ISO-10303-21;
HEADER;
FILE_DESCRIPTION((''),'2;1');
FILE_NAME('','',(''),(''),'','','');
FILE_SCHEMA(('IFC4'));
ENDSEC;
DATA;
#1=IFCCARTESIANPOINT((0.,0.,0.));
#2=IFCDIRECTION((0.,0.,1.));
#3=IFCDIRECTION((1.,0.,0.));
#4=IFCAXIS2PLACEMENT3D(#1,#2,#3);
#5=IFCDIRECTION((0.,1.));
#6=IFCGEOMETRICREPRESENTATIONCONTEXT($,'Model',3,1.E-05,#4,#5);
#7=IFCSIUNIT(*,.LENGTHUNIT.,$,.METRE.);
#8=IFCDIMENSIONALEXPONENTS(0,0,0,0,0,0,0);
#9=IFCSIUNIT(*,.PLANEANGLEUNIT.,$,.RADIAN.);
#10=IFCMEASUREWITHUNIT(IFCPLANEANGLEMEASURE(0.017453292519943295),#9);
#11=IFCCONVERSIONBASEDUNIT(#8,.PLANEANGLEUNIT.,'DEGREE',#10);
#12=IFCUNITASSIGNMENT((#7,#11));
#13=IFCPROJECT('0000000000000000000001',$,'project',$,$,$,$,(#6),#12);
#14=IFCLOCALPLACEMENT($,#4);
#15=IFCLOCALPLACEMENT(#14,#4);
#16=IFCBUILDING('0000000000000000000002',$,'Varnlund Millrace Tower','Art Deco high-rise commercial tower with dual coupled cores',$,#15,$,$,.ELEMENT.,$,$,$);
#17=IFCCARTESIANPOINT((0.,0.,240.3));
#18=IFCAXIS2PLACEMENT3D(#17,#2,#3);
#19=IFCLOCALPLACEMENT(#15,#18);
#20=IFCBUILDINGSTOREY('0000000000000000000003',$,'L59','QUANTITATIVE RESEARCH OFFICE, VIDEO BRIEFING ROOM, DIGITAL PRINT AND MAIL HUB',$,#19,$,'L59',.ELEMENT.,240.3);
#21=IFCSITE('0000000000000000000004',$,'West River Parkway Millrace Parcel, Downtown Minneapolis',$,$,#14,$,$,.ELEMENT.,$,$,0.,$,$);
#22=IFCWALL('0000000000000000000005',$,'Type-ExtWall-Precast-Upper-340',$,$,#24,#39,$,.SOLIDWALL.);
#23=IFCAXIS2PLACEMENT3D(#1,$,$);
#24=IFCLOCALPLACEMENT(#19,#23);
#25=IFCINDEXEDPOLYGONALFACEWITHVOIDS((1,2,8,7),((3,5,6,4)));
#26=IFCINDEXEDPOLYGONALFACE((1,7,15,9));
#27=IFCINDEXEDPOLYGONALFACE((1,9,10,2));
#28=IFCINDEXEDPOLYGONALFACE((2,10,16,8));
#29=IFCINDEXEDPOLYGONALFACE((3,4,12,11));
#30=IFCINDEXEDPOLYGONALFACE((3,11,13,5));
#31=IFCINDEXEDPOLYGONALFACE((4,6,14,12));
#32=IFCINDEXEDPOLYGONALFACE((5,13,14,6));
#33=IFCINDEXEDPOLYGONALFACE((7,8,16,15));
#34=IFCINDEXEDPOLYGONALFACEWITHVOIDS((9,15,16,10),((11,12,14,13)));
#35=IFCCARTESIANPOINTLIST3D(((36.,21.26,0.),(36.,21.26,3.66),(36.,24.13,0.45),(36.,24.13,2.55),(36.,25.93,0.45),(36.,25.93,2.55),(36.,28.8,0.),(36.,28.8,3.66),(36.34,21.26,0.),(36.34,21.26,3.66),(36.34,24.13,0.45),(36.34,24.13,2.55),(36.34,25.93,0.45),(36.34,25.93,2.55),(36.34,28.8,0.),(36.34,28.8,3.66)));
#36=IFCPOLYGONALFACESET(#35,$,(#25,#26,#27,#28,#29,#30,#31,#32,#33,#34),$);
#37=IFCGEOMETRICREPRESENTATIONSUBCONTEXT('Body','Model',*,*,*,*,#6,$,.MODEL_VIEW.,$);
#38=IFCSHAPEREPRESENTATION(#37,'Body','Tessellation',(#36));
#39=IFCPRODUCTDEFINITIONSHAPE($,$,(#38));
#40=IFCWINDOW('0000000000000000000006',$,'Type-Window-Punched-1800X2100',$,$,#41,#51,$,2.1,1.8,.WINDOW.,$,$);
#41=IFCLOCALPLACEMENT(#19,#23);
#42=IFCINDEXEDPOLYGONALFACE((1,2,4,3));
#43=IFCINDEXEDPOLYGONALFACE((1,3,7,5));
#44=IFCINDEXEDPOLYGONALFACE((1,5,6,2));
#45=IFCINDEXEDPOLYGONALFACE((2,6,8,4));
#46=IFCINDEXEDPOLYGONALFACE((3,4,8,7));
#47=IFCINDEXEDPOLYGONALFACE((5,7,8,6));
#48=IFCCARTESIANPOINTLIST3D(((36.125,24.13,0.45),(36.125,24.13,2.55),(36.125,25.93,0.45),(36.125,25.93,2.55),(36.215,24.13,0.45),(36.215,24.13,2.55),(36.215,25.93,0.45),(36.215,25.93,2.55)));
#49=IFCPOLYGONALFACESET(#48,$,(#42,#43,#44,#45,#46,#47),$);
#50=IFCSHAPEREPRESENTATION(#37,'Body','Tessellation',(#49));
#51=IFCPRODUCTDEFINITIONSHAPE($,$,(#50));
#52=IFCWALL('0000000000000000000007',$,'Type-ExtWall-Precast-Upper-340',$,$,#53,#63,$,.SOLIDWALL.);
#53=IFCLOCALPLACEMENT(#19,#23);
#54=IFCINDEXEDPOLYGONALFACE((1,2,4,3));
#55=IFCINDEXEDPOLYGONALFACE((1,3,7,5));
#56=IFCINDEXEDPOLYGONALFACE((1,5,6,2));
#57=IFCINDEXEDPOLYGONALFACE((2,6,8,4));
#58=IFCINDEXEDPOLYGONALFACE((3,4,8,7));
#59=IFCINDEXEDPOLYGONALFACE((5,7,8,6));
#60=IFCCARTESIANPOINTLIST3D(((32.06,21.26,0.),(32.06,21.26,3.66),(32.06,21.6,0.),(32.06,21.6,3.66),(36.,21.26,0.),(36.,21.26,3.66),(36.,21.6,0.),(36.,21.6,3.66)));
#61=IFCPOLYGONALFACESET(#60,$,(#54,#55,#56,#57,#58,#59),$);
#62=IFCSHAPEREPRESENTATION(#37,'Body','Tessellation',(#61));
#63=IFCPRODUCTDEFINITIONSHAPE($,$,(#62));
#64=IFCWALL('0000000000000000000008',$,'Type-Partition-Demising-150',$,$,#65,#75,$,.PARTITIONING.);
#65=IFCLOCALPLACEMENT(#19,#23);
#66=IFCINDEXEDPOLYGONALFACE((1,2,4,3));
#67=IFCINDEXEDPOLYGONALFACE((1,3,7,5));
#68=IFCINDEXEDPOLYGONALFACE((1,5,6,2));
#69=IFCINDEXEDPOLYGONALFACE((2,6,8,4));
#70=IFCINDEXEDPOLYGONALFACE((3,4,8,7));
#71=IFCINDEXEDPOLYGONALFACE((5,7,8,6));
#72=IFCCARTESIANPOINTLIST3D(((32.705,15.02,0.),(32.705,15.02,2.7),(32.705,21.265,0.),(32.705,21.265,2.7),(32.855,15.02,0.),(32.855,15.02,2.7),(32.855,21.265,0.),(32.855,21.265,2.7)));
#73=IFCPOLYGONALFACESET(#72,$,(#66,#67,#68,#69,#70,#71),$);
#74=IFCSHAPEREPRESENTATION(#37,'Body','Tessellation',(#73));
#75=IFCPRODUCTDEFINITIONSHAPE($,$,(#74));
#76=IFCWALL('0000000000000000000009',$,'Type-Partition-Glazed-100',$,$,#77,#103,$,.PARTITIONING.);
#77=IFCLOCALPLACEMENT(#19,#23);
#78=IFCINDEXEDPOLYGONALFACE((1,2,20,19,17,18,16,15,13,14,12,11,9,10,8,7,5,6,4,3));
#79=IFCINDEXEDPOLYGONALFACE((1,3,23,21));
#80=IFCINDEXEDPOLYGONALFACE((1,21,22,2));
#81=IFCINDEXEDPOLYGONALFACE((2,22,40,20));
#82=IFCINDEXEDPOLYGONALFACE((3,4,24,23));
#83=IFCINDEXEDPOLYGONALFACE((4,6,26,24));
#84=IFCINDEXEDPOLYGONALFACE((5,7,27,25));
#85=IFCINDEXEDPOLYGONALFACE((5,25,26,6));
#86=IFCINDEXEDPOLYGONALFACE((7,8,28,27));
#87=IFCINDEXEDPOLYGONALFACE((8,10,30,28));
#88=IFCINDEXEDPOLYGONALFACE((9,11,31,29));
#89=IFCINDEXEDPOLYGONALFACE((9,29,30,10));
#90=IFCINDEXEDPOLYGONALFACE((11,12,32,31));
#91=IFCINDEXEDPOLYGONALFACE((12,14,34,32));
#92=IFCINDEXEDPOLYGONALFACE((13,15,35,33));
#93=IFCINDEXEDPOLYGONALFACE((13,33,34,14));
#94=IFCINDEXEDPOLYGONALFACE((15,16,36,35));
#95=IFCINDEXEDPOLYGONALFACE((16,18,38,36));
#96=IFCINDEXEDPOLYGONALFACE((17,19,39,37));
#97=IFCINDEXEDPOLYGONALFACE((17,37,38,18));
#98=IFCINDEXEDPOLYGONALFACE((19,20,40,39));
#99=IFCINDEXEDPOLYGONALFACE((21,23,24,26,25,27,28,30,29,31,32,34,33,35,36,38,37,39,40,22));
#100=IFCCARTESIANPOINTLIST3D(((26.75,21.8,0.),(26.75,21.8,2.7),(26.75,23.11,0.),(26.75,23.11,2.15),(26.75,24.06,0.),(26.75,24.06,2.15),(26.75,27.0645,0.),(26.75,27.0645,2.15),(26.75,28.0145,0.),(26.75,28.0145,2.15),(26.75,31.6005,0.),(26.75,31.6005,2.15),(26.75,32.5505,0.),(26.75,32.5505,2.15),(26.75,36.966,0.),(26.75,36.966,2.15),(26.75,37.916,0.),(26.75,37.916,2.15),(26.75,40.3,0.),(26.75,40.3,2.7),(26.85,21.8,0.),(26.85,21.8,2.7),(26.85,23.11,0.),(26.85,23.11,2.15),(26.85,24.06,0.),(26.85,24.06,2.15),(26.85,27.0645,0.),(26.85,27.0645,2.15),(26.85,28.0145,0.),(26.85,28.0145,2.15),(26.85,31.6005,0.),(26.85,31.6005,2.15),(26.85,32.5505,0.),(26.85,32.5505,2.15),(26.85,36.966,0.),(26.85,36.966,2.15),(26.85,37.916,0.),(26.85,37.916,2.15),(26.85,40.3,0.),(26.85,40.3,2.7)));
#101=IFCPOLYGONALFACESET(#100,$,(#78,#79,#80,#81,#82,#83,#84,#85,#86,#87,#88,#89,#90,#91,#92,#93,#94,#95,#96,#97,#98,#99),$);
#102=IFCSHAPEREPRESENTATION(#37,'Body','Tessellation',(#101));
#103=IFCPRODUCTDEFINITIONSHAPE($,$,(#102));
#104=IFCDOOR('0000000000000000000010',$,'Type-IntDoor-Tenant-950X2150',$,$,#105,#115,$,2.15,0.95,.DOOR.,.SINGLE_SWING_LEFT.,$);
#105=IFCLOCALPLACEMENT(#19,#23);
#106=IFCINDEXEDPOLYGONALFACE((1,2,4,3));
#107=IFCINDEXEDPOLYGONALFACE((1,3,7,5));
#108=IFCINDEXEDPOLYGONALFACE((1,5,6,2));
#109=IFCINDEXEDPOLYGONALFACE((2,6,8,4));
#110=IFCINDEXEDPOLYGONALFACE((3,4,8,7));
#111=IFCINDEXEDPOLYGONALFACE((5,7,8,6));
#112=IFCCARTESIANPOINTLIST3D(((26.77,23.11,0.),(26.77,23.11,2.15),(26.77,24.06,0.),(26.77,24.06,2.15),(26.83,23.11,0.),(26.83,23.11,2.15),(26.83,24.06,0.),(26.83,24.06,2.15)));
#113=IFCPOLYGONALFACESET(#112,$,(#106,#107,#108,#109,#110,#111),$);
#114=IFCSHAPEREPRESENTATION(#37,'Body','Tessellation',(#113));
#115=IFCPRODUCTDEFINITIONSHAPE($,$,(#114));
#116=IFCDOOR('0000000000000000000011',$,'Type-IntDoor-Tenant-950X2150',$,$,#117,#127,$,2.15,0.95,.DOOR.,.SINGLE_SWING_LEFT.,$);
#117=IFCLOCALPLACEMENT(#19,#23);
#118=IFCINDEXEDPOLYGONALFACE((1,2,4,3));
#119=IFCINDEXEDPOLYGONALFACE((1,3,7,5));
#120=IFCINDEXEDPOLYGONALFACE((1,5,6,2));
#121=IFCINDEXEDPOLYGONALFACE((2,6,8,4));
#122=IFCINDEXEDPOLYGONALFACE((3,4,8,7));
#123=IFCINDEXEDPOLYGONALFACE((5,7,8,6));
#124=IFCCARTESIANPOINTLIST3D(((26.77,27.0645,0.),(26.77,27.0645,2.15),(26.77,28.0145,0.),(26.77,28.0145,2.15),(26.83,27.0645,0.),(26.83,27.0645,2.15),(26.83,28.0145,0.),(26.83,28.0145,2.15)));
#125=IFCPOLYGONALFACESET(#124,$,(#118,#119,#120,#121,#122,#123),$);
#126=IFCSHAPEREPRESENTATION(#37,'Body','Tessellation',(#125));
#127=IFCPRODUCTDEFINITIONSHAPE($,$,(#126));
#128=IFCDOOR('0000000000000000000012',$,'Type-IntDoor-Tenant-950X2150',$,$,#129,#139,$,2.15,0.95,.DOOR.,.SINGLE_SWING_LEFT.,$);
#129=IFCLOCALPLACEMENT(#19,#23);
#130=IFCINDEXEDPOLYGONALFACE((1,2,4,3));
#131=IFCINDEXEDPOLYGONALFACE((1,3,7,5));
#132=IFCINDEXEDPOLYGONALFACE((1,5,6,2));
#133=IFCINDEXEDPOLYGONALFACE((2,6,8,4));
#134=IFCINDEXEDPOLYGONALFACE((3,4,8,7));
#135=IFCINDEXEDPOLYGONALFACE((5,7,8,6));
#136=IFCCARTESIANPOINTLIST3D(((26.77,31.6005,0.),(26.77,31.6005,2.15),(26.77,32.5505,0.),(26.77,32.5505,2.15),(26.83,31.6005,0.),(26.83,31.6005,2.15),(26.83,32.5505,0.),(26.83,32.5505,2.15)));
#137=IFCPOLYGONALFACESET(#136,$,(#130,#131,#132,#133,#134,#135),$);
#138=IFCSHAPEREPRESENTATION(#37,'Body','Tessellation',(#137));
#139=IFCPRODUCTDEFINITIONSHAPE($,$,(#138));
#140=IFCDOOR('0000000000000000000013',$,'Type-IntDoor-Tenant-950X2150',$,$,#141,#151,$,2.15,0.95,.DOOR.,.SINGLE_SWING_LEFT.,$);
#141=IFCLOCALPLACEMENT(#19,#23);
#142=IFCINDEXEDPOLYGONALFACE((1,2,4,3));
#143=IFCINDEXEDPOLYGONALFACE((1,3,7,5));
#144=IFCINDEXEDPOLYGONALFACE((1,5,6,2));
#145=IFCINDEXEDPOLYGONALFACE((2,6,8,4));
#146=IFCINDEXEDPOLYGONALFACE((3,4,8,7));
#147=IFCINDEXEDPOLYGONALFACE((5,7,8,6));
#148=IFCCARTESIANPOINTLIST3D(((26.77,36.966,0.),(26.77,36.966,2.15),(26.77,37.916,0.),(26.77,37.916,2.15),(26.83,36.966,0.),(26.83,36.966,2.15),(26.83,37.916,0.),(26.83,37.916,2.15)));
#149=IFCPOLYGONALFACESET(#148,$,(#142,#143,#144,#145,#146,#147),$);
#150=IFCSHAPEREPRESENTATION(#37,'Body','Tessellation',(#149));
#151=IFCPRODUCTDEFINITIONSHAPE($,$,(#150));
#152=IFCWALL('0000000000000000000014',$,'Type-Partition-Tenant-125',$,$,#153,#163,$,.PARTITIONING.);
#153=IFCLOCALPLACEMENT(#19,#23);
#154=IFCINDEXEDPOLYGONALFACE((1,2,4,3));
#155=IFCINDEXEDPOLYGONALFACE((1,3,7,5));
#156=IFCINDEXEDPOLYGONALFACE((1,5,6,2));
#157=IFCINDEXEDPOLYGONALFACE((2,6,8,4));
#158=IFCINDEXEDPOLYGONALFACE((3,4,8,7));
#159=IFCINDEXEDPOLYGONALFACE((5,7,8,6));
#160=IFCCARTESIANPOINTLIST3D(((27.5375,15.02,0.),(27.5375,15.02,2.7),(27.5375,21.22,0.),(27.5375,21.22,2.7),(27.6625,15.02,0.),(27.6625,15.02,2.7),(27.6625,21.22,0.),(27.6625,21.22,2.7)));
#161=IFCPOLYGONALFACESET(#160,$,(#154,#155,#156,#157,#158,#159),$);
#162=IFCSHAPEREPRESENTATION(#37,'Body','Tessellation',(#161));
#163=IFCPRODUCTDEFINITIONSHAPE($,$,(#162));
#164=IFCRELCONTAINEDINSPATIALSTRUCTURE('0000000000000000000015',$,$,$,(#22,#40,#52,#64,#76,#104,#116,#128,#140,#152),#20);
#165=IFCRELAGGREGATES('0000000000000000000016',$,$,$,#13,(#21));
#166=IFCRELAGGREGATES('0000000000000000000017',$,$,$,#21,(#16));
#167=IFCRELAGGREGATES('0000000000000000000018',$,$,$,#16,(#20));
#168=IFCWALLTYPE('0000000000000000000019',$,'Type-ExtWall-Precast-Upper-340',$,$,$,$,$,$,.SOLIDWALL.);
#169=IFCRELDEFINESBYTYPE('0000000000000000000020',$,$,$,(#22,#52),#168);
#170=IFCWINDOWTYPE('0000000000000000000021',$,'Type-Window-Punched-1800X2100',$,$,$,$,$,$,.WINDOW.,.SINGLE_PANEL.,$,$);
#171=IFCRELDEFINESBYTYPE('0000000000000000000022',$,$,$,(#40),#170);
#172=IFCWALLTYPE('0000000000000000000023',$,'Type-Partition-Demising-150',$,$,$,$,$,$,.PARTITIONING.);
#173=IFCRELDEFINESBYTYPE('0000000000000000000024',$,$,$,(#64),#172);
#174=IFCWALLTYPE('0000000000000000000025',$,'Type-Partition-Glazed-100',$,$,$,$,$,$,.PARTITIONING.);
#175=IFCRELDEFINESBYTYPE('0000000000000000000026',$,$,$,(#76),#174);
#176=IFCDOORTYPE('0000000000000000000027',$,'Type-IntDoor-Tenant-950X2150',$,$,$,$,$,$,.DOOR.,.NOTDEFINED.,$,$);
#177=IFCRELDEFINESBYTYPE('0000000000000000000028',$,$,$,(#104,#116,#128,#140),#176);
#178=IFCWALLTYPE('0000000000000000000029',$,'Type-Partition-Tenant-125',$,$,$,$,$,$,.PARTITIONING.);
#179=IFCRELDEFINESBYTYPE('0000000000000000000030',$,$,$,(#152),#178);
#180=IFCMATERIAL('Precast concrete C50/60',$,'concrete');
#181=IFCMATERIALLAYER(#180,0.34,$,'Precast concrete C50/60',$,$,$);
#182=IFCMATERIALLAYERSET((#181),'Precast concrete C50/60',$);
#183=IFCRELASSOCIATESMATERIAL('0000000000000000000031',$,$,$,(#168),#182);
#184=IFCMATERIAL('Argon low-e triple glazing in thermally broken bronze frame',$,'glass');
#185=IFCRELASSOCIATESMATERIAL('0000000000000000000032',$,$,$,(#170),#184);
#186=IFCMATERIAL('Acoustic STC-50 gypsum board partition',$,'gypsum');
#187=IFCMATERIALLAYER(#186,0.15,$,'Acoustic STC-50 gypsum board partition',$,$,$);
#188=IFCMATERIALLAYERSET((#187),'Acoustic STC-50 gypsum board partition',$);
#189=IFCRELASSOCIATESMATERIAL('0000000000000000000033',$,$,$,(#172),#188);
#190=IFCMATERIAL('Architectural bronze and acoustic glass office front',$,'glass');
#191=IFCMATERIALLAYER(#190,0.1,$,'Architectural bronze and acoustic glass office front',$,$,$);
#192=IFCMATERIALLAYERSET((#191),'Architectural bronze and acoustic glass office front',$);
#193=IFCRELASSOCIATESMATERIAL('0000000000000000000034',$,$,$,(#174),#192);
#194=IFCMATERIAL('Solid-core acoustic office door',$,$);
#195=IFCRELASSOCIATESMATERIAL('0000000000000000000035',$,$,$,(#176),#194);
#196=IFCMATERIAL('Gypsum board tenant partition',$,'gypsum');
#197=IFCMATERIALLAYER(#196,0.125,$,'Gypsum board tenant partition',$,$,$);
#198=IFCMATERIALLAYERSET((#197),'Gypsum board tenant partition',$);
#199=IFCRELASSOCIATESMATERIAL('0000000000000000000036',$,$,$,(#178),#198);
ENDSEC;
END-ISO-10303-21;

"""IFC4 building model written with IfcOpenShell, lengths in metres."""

from ifc_helpers import new_model, entity, si_unit, converted_unit, direction, frame, origin_with_axes, origin_2d_with_axis, place, context, subcontext, project, spatial, polyline, rectangle, outline, extrude, material, layer, layer_set, type_object, element, fill, save


model = new_model("IFC4")

# Units and contexts
model_context = context("Model", 3, precision=1e-05, world=origin_with_axes(), true_north=direction((0.0, 1.0)))
body_context = subcontext(model_context, "Body", "Model", "MODEL_VIEW")
ifc_project = project(units=[si_unit("LENGTHUNIT", "METRE"), converted_unit("PLANEANGLEUNIT", "DEGREE", entity("IfcPlaneAngleMeasure", 0.017453292519943295), si_unit("PLANEANGLEUNIT", "RADIAN"), dimensions=[0, 0, 0, 0, 0, 0, 0])], contexts=[model_context])

# Site, building, storey
site_placement = place(None, origin_with_axes())
site = spatial("IfcSite", under=ifc_project, at=site_placement, Name="West River Parkway Millrace Parcel, Downtown Minneapolis", CompositionType="ELEMENT", RefElevation=0.0)
building_placement = place(site_placement, origin_with_axes())
building = spatial("IfcBuilding", under=site, at=building_placement, Name="Varnlund Millrace Tower", Description="Art Deco high-rise commercial tower with dual coupled cores", CompositionType="ELEMENT")
storey_placement = place(building_placement, frame((0.0, 0.0, 240.3), z_axis=(0.0, 0.0, 1.0), x_axis=(1.0, 0.0, 0.0)))
storey = spatial("IfcBuildingStorey", under=building, at=storey_placement, Name="L59", Description="QUANTITATIVE RESEARCH OFFICE, VIDEO BRIEFING ROOM, DIGITAL PRINT AND MAIL HUB", LongName="L59", CompositionType="ELEMENT", Elevation=240.3)

# Wall, opening, window
ifc_material_1 = material(Name="Precast concrete C50/60", Category="concrete")
ifc_layer_1 = layer(ifc_material_1, 0.34, Name="Precast concrete C50/60")
ifc_layer_set_1 = layer_set([ifc_layer_1], Name="Precast concrete C50/60")
wall_type_1 = type_object("IfcWallType", Name="Type-ExtWall-Precast-Upper-340", PredefinedType="SOLIDWALL", material=ifc_layer_set_1)
wall_1_placement = place(storey_placement, frame((36.17, 21.26, 0.0), z_axis=(0.0, 0.0, 1.0), x_axis=(0.0, 1.0, 0.0)))
wall_1 = element("IfcWall", 1, at=wall_1_placement, inside=storey, type_object=wall_type_1, Name="Type-ExtWall-Precast-Upper-340", PredefinedType="SOLIDWALL", context=body_context, shape_type="SweptSolid", body=[
    extrude(outline(polyline([(0.0, -0.17), (7.54, -0.17), (7.54, 0.17), (0.0, 0.17), (0.0, -0.17)])), origin_with_axes(), (0.0, 0.0, 1.0), 3.66),
])
opening_1_placement = place(wall_1_placement, frame((3.77, 0.0, 0.45), z_axis=(0.0, 0.0, 1.0), x_axis=(1.0, 0.0, 0.0)))
opening_1 = element("IfcOpeningElement", 2, at=opening_1_placement, cuts=wall_1, PredefinedType="OPENING", context=body_context, shape_type="SweptSolid", body=[
    extrude(rectangle(XDim=1.8, YDim=0.36, at=origin_2d_with_axis()), origin_with_axes(), (0.0, 0.0, 1.0), 2.1),
])
ifc_material_2 = material(Name="Argon low-e triple glazing in thermally broken bronze frame", Category="glass")
window_type = type_object("IfcWindowType", Name="Type-Window-Punched-1800X2100", PartitioningType="SINGLE_PANEL", PredefinedType="WINDOW", material=ifc_material_2)
window_placement = place(wall_1_placement, frame((3.77, 0.0, 0.45), z_axis=(0.0, 0.0, 1.0), x_axis=(1.0, 0.0, 0.0)))
window = element("IfcWindow", 3, at=window_placement, inside=storey, type_object=window_type, Name="Type-Window-Punched-1800X2100", OverallHeight=2.1, OverallWidth=1.8, PredefinedType="WINDOW", context=body_context, shape_type="SweptSolid", body=[
    extrude(rectangle(XDim=1.8, YDim=0.09, at=origin_2d_with_axis()), origin_with_axes(), (0.0, 0.0, 1.0), 2.1),
])
fill(opening_1, window)

# Walls
wall_2_placement = place(storey_placement, frame((32.06, 21.43, 0.0), z_axis=(0.0, 0.0, 1.0), x_axis=(1.0, 0.0, 0.0)))
element("IfcWall", 4, at=wall_2_placement, inside=storey, type_object=wall_type_1, Name="Type-ExtWall-Precast-Upper-340", PredefinedType="SOLIDWALL", context=body_context, shape_type="SweptSolid", body=[
    extrude(outline(polyline([(0.0, -0.17), (3.94, -0.17), (3.94, 0.17), (0.0, 0.17), (0.0, -0.17)])), origin_with_axes(), (0.0, 0.0, 1.0), 3.66),
])
ifc_material_3 = material(Name="Acoustic STC-50 gypsum board partition", Category="gypsum")
ifc_layer_2 = layer(ifc_material_3, 0.15, Name="Acoustic STC-50 gypsum board partition")
ifc_layer_set_2 = layer_set([ifc_layer_2], Name="Acoustic STC-50 gypsum board partition")
wall_type_2 = type_object("IfcWallType", Name="Type-Partition-Demising-150", PredefinedType="PARTITIONING", material=ifc_layer_set_2)
wall_3_placement = place(storey_placement, frame((32.78, 15.02, 0.0), z_axis=(0.0, 0.0, 1.0), x_axis=(0.0, 1.0, 0.0)))
element("IfcWall", 5, at=wall_3_placement, inside=storey, type_object=wall_type_2, Name="Type-Partition-Demising-150", PredefinedType="PARTITIONING", context=body_context, shape_type="SweptSolid", body=[
    extrude(outline(polyline([(0.0, -0.075), (6.245, -0.075), (6.245, 0.075), (0.0, 0.075), (0.0, -0.075)])), origin_with_axes(), (0.0, 0.0, 1.0), 2.7),
])

# Wall, openings, doors
ifc_material_4 = material(Name="Architectural bronze and acoustic glass office front", Category="glass")
ifc_layer_3 = layer(ifc_material_4, 0.1, Name="Architectural bronze and acoustic glass office front")
ifc_layer_set_3 = layer_set([ifc_layer_3], Name="Architectural bronze and acoustic glass office front")
wall_type_3 = type_object("IfcWallType", Name="Type-Partition-Glazed-100", PredefinedType="PARTITIONING", material=ifc_layer_set_3)
wall_4_placement = place(storey_placement, frame((26.8, 21.8, 0.0), z_axis=(0.0, 0.0, 1.0), x_axis=(0.0, 1.0, 0.0)))
wall_4 = element("IfcWall", 6, at=wall_4_placement, inside=storey, type_object=wall_type_3, Name="Type-Partition-Glazed-100", PredefinedType="PARTITIONING", context=body_context, shape_type="SweptSolid", body=[
    extrude(outline(polyline([(0.0, -0.05), (18.5, -0.05), (18.5, 0.05), (0.0, 0.05), (0.0, -0.05)])), origin_with_axes(), (0.0, 0.0, 1.0), 2.7),
])
opening_2_placement = place(wall_4_placement, frame((1.785, 0.0, 0.0), z_axis=(0.0, 0.0, 1.0), x_axis=(1.0, 0.0, 0.0)))
opening_2 = element("IfcOpeningElement", 7, at=opening_2_placement, cuts=wall_4, PredefinedType="OPENING", context=body_context, shape_type="SweptSolid", body=[
    extrude(rectangle(XDim=0.95, YDim=0.12, at=origin_2d_with_axis()), origin_with_axes(), (0.0, 0.0, 1.0), 2.15),
])
opening_3_placement = place(wall_4_placement, frame((5.7395, 0.0, 0.0), z_axis=(0.0, 0.0, 1.0), x_axis=(1.0, 0.0, 0.0)))
opening_3 = element("IfcOpeningElement", 8, at=opening_3_placement, cuts=wall_4, PredefinedType="OPENING", context=body_context, shape_type="SweptSolid", body=[
    extrude(rectangle(XDim=0.95, YDim=0.12, at=origin_2d_with_axis()), origin_with_axes(), (0.0, 0.0, 1.0), 2.15),
])
opening_4_placement = place(wall_4_placement, frame((10.2755, 0.0, 0.0), z_axis=(0.0, 0.0, 1.0), x_axis=(1.0, 0.0, 0.0)))
opening_4 = element("IfcOpeningElement", 9, at=opening_4_placement, cuts=wall_4, PredefinedType="OPENING", context=body_context, shape_type="SweptSolid", body=[
    extrude(rectangle(XDim=0.95, YDim=0.12, at=origin_2d_with_axis()), origin_with_axes(), (0.0, 0.0, 1.0), 2.15),
])
opening_5_placement = place(wall_4_placement, frame((15.641, 0.0, 0.0), z_axis=(0.0, 0.0, 1.0), x_axis=(1.0, 0.0, 0.0)))
opening_5 = element("IfcOpeningElement", 10, at=opening_5_placement, cuts=wall_4, PredefinedType="OPENING", context=body_context, shape_type="SweptSolid", body=[
    extrude(rectangle(XDim=0.95, YDim=0.12, at=origin_2d_with_axis()), origin_with_axes(), (0.0, 0.0, 1.0), 2.15),
])
ifc_material_5 = material(Name="Solid-core acoustic office door")
door_type = type_object("IfcDoorType", Name="Type-IntDoor-Tenant-950X2150", OperationType="NOTDEFINED", PredefinedType="DOOR", material=ifc_material_5)
door_1_placement = place(wall_4_placement, frame((1.785, 0.0, 0.0), z_axis=(0.0, 0.0, 1.0), x_axis=(1.0, 0.0, 0.0)))
door_1 = element("IfcDoor", 11, at=door_1_placement, inside=storey, type_object=door_type, Name="Type-IntDoor-Tenant-950X2150", OperationType="SINGLE_SWING_LEFT", OverallHeight=2.15, OverallWidth=0.95, PredefinedType="DOOR", context=body_context, shape_type="SweptSolid", body=[
    extrude(rectangle(XDim=0.95, YDim=0.06, at=origin_2d_with_axis()), origin_with_axes(), (0.0, 0.0, 1.0), 2.15),
])
fill(opening_2, door_1)
door_2_placement = place(wall_4_placement, frame((5.7395, 0.0, 0.0), z_axis=(0.0, 0.0, 1.0), x_axis=(1.0, 0.0, 0.0)))
door_2 = element("IfcDoor", 12, at=door_2_placement, inside=storey, type_object=door_type, Name="Type-IntDoor-Tenant-950X2150", OperationType="SINGLE_SWING_LEFT", OverallHeight=2.15, OverallWidth=0.95, PredefinedType="DOOR", context=body_context, shape_type="SweptSolid", body=[
    extrude(rectangle(XDim=0.95, YDim=0.06, at=origin_2d_with_axis()), origin_with_axes(), (0.0, 0.0, 1.0), 2.15),
])
fill(opening_3, door_2)
door_3_placement = place(wall_4_placement, frame((10.2755, 0.0, 0.0), z_axis=(0.0, 0.0, 1.0), x_axis=(1.0, 0.0, 0.0)))
door_3 = element("IfcDoor", 13, at=door_3_placement, inside=storey, type_object=door_type, Name="Type-IntDoor-Tenant-950X2150", OperationType="SINGLE_SWING_LEFT", OverallHeight=2.15, OverallWidth=0.95, PredefinedType="DOOR", context=body_context, shape_type="SweptSolid", body=[
    extrude(rectangle(XDim=0.95, YDim=0.06, at=origin_2d_with_axis()), origin_with_axes(), (0.0, 0.0, 1.0), 2.15),
])
fill(opening_4, door_3)
door_4_placement = place(wall_4_placement, frame((15.641, 0.0, 0.0), z_axis=(0.0, 0.0, 1.0), x_axis=(1.0, 0.0, 0.0)))
door_4 = element("IfcDoor", 14, at=door_4_placement, inside=storey, type_object=door_type, Name="Type-IntDoor-Tenant-950X2150", OperationType="SINGLE_SWING_LEFT", OverallHeight=2.15, OverallWidth=0.95, PredefinedType="DOOR", context=body_context, shape_type="SweptSolid", body=[
    extrude(rectangle(XDim=0.95, YDim=0.06, at=origin_2d_with_axis()), origin_with_axes(), (0.0, 0.0, 1.0), 2.15),
])
fill(opening_5, door_4)

# Wall
ifc_material_6 = material(Name="Gypsum board tenant partition", Category="gypsum")
ifc_layer_4 = layer(ifc_material_6, 0.125, Name="Gypsum board tenant partition")
ifc_layer_set_4 = layer_set([ifc_layer_4], Name="Gypsum board tenant partition")
wall_type_4 = type_object("IfcWallType", Name="Type-Partition-Tenant-125", PredefinedType="PARTITIONING", material=ifc_layer_set_4)
wall_5_placement = place(storey_placement, frame((27.6, 15.02, 0.0), z_axis=(0.0, 0.0, 1.0), x_axis=(0.0, 1.0, 0.0)))
element("IfcWall", 15, at=wall_5_placement, inside=storey, type_object=wall_type_4, Name="Type-Partition-Tenant-125", PredefinedType="PARTITIONING", context=body_context, shape_type="SweptSolid", body=[
    extrude(outline(polyline([(0.0, -0.0625), (6.2, -0.0625), (6.2, 0.0625), (0.0, 0.0625), (0.0, -0.0625)])), origin_with_axes(), (0.0, 0.0, 1.0), 2.7),
])

save(model, "model.ifc")
